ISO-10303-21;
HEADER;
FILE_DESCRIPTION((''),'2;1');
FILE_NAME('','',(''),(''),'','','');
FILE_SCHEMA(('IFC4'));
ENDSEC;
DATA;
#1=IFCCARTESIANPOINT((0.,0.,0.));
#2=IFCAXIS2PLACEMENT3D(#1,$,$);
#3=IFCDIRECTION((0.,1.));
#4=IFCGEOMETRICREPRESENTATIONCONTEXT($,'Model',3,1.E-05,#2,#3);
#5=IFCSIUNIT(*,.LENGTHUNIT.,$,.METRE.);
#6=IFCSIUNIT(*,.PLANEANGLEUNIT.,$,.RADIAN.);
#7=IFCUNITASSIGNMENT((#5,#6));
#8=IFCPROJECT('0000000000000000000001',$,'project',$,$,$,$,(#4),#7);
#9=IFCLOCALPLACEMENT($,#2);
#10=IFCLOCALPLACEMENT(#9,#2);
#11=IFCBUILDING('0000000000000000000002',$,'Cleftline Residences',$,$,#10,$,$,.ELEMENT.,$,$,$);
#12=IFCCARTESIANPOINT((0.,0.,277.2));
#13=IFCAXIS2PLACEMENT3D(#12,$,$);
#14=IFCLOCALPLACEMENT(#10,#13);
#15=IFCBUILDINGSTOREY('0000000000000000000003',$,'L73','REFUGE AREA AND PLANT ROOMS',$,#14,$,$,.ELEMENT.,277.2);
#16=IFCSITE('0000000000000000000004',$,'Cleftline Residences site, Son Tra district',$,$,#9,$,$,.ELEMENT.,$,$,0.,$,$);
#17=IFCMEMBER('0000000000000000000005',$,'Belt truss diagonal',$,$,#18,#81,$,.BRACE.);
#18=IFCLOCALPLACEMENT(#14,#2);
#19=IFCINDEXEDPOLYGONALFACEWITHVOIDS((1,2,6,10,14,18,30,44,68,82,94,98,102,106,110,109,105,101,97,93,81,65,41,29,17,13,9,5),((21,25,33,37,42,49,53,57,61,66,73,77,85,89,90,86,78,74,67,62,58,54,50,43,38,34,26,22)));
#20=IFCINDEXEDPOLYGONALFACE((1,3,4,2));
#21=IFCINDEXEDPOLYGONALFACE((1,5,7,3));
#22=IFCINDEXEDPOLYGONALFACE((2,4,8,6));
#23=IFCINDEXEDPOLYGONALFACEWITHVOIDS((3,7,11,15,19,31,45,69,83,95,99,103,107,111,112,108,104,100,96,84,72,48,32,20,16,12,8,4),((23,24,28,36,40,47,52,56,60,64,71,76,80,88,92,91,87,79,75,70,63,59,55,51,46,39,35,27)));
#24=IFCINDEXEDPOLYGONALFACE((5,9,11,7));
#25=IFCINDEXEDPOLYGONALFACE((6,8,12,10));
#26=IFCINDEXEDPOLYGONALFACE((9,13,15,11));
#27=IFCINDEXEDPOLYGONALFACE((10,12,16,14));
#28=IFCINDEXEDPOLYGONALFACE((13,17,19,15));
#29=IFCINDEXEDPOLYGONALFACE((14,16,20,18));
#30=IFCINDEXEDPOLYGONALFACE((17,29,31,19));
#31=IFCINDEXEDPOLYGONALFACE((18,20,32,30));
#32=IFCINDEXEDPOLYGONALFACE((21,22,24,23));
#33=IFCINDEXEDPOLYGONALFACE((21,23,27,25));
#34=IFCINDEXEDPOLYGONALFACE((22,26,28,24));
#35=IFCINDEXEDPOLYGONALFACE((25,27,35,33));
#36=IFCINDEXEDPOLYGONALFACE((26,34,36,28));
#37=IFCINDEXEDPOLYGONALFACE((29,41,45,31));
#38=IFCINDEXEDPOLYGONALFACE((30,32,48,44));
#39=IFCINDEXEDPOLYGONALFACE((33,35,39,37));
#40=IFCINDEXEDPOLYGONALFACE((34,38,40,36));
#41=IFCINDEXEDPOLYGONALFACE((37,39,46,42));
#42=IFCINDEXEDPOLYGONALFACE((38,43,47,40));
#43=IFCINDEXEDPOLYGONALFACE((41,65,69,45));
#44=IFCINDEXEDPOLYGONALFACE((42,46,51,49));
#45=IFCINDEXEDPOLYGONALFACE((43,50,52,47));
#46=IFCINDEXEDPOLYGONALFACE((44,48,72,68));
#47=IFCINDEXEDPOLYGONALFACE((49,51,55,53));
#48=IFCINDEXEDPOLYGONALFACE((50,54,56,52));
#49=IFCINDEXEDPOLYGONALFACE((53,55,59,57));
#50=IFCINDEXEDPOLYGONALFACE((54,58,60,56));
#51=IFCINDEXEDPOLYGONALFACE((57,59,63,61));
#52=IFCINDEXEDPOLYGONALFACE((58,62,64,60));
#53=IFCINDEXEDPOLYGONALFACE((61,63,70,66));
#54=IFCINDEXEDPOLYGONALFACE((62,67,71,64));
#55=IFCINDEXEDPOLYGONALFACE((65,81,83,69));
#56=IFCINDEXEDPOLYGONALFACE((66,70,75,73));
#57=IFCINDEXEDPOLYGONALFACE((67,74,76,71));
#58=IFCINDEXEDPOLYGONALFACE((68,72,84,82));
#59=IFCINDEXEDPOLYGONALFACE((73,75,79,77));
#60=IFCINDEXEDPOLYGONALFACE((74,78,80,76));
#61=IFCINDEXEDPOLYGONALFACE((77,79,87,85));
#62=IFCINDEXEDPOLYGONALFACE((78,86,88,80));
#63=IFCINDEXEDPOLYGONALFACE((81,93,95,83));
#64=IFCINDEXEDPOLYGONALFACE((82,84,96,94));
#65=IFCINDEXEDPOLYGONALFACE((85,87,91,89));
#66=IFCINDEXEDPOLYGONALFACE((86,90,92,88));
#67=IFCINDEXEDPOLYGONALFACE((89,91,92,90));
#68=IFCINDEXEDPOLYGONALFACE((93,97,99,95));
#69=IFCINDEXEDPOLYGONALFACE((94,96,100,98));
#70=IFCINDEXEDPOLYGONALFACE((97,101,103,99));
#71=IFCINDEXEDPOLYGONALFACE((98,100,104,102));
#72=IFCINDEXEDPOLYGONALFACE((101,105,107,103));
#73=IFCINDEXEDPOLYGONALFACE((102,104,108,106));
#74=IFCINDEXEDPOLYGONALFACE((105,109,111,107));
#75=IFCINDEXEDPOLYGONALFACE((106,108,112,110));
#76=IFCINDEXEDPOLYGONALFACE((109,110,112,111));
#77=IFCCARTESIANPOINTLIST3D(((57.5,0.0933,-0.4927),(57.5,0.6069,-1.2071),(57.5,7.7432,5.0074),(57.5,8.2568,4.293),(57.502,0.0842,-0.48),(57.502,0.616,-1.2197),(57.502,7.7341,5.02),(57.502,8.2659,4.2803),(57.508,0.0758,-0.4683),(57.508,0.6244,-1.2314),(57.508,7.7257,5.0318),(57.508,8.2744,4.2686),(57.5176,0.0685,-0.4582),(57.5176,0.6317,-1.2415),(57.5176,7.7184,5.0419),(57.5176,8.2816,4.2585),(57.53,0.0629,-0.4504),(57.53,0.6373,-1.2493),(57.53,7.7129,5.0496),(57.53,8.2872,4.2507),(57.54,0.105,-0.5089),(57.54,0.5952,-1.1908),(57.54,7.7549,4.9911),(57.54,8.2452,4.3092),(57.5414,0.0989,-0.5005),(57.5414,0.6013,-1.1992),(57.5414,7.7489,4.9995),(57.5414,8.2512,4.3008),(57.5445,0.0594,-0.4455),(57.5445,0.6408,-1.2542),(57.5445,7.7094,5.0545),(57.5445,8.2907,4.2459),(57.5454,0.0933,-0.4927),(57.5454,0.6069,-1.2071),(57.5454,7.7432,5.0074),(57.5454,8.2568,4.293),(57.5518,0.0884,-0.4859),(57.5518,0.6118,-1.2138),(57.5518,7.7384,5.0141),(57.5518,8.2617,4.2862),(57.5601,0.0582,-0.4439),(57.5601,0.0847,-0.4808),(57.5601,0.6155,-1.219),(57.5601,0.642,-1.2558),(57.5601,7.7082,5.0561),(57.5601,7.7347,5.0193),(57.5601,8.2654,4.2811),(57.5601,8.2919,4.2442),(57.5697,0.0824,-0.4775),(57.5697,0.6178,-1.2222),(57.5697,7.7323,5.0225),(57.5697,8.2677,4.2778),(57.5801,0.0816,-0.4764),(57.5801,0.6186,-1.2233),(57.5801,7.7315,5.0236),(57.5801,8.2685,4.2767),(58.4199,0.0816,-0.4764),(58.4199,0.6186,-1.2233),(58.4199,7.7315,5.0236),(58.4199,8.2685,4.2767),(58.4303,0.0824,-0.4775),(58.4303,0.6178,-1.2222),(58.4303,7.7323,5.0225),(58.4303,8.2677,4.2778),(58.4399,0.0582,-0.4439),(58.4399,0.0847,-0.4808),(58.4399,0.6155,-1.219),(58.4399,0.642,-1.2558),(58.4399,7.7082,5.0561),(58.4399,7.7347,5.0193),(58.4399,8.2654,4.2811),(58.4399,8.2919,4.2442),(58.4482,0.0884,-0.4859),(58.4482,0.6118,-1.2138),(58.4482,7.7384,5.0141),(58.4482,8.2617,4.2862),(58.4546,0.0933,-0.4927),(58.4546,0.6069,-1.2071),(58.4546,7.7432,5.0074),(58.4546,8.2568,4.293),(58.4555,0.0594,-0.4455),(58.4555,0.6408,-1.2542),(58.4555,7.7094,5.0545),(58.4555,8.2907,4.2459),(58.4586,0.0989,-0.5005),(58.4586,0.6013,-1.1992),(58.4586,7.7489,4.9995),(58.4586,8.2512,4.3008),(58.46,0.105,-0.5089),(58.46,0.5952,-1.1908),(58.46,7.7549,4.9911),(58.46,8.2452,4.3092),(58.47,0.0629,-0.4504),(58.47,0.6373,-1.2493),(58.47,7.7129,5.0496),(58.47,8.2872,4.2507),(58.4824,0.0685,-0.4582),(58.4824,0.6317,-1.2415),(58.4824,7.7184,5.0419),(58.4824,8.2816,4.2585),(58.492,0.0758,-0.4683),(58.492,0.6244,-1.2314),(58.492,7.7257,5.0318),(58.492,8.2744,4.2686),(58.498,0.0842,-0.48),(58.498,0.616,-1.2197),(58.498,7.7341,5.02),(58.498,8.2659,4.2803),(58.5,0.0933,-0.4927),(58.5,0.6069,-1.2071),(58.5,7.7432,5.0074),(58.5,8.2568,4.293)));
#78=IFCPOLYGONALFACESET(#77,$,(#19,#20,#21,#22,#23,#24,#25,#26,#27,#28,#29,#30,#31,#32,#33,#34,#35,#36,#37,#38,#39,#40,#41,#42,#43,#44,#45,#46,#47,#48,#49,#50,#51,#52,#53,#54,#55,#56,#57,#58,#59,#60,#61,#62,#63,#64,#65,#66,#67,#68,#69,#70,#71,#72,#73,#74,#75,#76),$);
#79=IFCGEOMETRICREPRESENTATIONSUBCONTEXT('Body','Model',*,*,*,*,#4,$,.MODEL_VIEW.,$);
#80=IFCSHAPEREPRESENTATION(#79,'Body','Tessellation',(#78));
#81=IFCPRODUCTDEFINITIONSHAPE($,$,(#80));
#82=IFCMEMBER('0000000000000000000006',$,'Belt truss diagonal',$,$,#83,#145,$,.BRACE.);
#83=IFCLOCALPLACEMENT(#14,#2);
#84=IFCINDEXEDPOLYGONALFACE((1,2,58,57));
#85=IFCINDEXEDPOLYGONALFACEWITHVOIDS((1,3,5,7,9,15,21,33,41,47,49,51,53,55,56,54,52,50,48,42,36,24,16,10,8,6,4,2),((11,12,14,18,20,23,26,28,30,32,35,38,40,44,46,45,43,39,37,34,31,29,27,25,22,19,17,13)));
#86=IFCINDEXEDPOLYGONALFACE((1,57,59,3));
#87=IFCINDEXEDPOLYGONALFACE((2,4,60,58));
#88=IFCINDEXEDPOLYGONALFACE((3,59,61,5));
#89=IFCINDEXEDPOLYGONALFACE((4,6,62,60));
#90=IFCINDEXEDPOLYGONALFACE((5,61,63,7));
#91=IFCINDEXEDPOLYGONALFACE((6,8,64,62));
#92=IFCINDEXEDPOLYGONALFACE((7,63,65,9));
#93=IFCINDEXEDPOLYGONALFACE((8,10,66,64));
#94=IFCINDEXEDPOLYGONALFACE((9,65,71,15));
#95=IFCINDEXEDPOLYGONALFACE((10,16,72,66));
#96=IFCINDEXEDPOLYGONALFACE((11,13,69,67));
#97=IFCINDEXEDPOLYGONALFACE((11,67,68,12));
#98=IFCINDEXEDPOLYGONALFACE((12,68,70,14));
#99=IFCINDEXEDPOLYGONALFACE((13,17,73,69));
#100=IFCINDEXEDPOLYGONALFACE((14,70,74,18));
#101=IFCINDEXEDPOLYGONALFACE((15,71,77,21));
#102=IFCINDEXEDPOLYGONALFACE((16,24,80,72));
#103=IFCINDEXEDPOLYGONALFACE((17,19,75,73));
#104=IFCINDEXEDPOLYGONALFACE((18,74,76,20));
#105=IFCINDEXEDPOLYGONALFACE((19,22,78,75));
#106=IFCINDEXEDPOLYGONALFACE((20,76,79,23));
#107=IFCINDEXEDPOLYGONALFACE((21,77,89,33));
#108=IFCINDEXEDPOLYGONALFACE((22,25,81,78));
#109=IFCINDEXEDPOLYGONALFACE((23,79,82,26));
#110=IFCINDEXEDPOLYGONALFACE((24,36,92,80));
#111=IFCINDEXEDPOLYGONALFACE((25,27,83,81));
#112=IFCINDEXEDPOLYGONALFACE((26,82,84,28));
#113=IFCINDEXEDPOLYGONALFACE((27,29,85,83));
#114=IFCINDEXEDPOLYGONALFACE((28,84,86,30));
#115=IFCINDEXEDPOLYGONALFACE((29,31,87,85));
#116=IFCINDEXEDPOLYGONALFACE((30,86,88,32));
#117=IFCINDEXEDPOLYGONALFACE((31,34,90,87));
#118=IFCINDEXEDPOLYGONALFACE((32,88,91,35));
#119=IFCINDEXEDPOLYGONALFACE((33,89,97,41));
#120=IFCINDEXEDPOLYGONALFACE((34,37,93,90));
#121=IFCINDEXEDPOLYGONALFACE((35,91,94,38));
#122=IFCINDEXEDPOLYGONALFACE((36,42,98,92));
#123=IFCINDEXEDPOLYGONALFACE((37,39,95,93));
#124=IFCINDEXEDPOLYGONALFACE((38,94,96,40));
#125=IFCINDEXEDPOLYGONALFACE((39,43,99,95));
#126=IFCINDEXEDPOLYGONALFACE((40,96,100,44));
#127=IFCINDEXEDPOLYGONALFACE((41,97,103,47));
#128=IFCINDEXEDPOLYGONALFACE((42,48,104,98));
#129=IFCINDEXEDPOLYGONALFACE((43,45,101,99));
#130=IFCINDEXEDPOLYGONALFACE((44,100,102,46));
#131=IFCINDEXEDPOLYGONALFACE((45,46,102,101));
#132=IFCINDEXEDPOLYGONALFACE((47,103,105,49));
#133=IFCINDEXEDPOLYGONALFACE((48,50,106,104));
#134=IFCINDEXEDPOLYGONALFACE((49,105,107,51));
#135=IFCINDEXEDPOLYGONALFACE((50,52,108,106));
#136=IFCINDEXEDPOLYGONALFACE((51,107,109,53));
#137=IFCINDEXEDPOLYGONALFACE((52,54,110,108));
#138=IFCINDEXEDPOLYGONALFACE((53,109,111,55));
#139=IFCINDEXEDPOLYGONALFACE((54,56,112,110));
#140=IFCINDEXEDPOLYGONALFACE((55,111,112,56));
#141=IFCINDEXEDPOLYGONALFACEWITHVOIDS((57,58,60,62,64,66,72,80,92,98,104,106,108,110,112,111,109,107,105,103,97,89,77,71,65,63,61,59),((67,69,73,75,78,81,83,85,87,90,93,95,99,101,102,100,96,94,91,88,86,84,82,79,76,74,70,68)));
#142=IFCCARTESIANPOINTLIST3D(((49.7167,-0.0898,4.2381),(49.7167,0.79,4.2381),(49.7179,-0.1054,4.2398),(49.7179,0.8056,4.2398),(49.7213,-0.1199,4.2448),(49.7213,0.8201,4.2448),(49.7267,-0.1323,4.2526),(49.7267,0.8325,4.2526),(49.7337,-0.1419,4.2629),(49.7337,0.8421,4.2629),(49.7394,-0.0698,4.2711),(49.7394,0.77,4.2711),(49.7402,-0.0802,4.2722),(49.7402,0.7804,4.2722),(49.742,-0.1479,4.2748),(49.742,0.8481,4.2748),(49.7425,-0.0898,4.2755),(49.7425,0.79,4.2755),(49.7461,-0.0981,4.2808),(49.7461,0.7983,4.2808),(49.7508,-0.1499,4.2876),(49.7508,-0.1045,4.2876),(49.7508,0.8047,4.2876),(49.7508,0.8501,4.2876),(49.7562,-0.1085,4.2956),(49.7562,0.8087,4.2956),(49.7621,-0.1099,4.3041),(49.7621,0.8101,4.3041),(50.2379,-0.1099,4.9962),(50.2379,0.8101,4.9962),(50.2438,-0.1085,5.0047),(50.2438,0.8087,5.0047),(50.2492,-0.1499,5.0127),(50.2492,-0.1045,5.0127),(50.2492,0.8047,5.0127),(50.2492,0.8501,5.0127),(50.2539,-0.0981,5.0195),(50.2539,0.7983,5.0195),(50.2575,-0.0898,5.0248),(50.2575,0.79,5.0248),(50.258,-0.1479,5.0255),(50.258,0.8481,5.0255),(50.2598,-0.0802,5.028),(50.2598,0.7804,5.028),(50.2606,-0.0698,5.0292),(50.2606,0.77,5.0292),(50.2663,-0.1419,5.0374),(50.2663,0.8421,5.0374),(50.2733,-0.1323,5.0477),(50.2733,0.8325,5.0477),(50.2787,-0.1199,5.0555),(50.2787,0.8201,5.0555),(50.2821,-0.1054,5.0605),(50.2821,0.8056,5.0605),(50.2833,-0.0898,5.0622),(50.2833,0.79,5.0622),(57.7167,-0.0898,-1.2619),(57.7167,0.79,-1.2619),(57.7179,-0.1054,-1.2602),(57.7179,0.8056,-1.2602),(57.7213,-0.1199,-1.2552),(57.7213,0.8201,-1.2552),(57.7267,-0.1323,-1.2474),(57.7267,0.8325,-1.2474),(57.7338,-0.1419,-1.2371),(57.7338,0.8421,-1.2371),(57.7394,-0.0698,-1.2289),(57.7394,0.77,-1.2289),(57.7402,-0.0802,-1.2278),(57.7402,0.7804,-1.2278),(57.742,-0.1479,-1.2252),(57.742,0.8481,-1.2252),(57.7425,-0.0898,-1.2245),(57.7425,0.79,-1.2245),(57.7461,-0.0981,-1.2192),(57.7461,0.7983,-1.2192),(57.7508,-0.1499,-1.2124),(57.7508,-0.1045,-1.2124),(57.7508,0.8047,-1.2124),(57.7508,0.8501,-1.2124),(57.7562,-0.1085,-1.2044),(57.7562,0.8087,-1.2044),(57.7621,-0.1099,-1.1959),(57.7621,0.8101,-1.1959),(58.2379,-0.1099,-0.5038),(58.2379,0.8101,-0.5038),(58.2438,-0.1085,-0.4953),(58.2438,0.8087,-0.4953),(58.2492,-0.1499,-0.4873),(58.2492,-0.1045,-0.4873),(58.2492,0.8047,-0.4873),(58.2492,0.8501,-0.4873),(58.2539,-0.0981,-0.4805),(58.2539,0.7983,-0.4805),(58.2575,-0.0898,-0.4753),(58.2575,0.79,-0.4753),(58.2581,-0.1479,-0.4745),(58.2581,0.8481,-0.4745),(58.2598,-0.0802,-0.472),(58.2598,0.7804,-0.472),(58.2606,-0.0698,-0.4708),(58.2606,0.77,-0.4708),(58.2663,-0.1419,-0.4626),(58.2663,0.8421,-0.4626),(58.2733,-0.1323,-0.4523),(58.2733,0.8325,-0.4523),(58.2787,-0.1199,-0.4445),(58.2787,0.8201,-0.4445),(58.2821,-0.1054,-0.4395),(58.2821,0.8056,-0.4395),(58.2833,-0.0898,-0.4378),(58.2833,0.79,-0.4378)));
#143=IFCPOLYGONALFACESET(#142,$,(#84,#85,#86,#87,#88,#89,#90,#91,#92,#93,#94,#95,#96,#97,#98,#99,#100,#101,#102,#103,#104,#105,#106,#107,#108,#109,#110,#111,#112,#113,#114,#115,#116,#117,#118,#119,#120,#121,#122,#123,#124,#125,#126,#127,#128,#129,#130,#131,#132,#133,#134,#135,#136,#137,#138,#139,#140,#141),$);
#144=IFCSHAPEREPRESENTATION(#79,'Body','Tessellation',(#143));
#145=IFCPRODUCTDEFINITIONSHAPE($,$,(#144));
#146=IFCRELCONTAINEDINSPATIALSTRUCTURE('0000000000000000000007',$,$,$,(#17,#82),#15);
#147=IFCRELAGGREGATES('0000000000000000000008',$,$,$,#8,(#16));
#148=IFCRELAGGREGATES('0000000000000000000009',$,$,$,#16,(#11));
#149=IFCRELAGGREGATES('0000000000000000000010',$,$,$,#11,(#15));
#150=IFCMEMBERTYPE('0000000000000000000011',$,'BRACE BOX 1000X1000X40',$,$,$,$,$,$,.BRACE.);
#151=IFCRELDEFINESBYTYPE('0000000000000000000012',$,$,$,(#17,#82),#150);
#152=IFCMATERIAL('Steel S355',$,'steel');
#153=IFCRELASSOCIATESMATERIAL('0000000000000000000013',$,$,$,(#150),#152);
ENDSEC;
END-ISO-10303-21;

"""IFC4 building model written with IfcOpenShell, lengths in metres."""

from ifc_helpers import new_model, si_unit, direction, frame, origin, origin_2d, place, context, subcontext, project, spatial, hollow_rectangle, extrude, material, material_profile, profile_set, type_object, element, save


model = new_model("IFC4")

# Units and contexts
model_context = context("Model", 3, precision=1e-05, world=origin(), true_north=direction((0.0, 1.0)))
body_context = subcontext(model_context, "Body", "Model", "MODEL_VIEW")
ifc_project = project(units=[si_unit("LENGTHUNIT", "METRE"), si_unit("PLANEANGLEUNIT", "RADIAN")], contexts=[model_context])

# Site, building, storey
site_placement = place(None, origin())
site = spatial("IfcSite", under=ifc_project, at=site_placement, Name="Cleftline Residences site, Son Tra district", CompositionType="ELEMENT", RefElevation=0.0)
building_placement = place(site_placement, origin())
building = spatial("IfcBuilding", under=site, at=building_placement, Name="Cleftline Residences", CompositionType="ELEMENT")
storey_placement = place(building_placement, frame((0.0, 0.0, 277.2)))
storey = spatial("IfcBuildingStorey", under=building, at=storey_placement, Name="L73", Description="REFUGE AREA AND PLANT ROOMS", CompositionType="ELEMENT", Elevation=277.2)

# Members
ifc_material_1 = material(Name="Steel S355", Category="steel")
ifc_material_profile_1 = material_profile(ifc_material_1, hollow_rectangle(XDim=1.0, YDim=1.0, WallThickness=0.04, InnerFilletRadius=0.04, OuterFilletRadius=0.0601, at=origin_2d()))
ifc_profile_set_1 = profile_set([ifc_material_profile_1], Name="Steel S355")
member_type_1 = type_object("IfcMemberType", Name="BRACE BOX 1000X1000X40", PredefinedType="BRACE", material=ifc_profile_set_1)
member_1_placement = place(storey_placement, frame((58.0, 0.3501, -0.8499), z_axis=(0.0, 0.811933, 0.58375), x_axis=(0.0, -0.58375, 0.811933)))
element("IfcMember", 1, at=member_1_placement, inside=storey, type_object=member_type_1, Name="Belt truss diagonal", PredefinedType="BRACE", context=body_context, shape_type="SweptSolid", body=[
    extrude(hollow_rectangle(XDim=1.0, YDim=1.0, WallThickness=0.04, InnerFilletRadius=0.04, OuterFilletRadius=0.0601, at=origin_2d()), origin(), (0.0, 0.0, 1.0), 9.4219),
])
member_2_placement = place(storey_placement, frame((50.0, 0.3501, 4.6501), z_axis=(0.824042, 0.0, -0.566529), x_axis=(0.566529, 0.0, 0.824042)))
element("IfcMember", 2, at=member_2_placement, inside=storey, type_object=member_type_1, Name="Belt truss diagonal", PredefinedType="BRACE", context=body_context, shape_type="SweptSolid", body=[
    extrude(hollow_rectangle(XDim=1.0, YDim=1.0, WallThickness=0.04, InnerFilletRadius=0.04, OuterFilletRadius=0.0601, at=origin_2d()), origin(), (0.0, 0.0, 1.0), 9.7083),
])

save(model, "model.ifc")
